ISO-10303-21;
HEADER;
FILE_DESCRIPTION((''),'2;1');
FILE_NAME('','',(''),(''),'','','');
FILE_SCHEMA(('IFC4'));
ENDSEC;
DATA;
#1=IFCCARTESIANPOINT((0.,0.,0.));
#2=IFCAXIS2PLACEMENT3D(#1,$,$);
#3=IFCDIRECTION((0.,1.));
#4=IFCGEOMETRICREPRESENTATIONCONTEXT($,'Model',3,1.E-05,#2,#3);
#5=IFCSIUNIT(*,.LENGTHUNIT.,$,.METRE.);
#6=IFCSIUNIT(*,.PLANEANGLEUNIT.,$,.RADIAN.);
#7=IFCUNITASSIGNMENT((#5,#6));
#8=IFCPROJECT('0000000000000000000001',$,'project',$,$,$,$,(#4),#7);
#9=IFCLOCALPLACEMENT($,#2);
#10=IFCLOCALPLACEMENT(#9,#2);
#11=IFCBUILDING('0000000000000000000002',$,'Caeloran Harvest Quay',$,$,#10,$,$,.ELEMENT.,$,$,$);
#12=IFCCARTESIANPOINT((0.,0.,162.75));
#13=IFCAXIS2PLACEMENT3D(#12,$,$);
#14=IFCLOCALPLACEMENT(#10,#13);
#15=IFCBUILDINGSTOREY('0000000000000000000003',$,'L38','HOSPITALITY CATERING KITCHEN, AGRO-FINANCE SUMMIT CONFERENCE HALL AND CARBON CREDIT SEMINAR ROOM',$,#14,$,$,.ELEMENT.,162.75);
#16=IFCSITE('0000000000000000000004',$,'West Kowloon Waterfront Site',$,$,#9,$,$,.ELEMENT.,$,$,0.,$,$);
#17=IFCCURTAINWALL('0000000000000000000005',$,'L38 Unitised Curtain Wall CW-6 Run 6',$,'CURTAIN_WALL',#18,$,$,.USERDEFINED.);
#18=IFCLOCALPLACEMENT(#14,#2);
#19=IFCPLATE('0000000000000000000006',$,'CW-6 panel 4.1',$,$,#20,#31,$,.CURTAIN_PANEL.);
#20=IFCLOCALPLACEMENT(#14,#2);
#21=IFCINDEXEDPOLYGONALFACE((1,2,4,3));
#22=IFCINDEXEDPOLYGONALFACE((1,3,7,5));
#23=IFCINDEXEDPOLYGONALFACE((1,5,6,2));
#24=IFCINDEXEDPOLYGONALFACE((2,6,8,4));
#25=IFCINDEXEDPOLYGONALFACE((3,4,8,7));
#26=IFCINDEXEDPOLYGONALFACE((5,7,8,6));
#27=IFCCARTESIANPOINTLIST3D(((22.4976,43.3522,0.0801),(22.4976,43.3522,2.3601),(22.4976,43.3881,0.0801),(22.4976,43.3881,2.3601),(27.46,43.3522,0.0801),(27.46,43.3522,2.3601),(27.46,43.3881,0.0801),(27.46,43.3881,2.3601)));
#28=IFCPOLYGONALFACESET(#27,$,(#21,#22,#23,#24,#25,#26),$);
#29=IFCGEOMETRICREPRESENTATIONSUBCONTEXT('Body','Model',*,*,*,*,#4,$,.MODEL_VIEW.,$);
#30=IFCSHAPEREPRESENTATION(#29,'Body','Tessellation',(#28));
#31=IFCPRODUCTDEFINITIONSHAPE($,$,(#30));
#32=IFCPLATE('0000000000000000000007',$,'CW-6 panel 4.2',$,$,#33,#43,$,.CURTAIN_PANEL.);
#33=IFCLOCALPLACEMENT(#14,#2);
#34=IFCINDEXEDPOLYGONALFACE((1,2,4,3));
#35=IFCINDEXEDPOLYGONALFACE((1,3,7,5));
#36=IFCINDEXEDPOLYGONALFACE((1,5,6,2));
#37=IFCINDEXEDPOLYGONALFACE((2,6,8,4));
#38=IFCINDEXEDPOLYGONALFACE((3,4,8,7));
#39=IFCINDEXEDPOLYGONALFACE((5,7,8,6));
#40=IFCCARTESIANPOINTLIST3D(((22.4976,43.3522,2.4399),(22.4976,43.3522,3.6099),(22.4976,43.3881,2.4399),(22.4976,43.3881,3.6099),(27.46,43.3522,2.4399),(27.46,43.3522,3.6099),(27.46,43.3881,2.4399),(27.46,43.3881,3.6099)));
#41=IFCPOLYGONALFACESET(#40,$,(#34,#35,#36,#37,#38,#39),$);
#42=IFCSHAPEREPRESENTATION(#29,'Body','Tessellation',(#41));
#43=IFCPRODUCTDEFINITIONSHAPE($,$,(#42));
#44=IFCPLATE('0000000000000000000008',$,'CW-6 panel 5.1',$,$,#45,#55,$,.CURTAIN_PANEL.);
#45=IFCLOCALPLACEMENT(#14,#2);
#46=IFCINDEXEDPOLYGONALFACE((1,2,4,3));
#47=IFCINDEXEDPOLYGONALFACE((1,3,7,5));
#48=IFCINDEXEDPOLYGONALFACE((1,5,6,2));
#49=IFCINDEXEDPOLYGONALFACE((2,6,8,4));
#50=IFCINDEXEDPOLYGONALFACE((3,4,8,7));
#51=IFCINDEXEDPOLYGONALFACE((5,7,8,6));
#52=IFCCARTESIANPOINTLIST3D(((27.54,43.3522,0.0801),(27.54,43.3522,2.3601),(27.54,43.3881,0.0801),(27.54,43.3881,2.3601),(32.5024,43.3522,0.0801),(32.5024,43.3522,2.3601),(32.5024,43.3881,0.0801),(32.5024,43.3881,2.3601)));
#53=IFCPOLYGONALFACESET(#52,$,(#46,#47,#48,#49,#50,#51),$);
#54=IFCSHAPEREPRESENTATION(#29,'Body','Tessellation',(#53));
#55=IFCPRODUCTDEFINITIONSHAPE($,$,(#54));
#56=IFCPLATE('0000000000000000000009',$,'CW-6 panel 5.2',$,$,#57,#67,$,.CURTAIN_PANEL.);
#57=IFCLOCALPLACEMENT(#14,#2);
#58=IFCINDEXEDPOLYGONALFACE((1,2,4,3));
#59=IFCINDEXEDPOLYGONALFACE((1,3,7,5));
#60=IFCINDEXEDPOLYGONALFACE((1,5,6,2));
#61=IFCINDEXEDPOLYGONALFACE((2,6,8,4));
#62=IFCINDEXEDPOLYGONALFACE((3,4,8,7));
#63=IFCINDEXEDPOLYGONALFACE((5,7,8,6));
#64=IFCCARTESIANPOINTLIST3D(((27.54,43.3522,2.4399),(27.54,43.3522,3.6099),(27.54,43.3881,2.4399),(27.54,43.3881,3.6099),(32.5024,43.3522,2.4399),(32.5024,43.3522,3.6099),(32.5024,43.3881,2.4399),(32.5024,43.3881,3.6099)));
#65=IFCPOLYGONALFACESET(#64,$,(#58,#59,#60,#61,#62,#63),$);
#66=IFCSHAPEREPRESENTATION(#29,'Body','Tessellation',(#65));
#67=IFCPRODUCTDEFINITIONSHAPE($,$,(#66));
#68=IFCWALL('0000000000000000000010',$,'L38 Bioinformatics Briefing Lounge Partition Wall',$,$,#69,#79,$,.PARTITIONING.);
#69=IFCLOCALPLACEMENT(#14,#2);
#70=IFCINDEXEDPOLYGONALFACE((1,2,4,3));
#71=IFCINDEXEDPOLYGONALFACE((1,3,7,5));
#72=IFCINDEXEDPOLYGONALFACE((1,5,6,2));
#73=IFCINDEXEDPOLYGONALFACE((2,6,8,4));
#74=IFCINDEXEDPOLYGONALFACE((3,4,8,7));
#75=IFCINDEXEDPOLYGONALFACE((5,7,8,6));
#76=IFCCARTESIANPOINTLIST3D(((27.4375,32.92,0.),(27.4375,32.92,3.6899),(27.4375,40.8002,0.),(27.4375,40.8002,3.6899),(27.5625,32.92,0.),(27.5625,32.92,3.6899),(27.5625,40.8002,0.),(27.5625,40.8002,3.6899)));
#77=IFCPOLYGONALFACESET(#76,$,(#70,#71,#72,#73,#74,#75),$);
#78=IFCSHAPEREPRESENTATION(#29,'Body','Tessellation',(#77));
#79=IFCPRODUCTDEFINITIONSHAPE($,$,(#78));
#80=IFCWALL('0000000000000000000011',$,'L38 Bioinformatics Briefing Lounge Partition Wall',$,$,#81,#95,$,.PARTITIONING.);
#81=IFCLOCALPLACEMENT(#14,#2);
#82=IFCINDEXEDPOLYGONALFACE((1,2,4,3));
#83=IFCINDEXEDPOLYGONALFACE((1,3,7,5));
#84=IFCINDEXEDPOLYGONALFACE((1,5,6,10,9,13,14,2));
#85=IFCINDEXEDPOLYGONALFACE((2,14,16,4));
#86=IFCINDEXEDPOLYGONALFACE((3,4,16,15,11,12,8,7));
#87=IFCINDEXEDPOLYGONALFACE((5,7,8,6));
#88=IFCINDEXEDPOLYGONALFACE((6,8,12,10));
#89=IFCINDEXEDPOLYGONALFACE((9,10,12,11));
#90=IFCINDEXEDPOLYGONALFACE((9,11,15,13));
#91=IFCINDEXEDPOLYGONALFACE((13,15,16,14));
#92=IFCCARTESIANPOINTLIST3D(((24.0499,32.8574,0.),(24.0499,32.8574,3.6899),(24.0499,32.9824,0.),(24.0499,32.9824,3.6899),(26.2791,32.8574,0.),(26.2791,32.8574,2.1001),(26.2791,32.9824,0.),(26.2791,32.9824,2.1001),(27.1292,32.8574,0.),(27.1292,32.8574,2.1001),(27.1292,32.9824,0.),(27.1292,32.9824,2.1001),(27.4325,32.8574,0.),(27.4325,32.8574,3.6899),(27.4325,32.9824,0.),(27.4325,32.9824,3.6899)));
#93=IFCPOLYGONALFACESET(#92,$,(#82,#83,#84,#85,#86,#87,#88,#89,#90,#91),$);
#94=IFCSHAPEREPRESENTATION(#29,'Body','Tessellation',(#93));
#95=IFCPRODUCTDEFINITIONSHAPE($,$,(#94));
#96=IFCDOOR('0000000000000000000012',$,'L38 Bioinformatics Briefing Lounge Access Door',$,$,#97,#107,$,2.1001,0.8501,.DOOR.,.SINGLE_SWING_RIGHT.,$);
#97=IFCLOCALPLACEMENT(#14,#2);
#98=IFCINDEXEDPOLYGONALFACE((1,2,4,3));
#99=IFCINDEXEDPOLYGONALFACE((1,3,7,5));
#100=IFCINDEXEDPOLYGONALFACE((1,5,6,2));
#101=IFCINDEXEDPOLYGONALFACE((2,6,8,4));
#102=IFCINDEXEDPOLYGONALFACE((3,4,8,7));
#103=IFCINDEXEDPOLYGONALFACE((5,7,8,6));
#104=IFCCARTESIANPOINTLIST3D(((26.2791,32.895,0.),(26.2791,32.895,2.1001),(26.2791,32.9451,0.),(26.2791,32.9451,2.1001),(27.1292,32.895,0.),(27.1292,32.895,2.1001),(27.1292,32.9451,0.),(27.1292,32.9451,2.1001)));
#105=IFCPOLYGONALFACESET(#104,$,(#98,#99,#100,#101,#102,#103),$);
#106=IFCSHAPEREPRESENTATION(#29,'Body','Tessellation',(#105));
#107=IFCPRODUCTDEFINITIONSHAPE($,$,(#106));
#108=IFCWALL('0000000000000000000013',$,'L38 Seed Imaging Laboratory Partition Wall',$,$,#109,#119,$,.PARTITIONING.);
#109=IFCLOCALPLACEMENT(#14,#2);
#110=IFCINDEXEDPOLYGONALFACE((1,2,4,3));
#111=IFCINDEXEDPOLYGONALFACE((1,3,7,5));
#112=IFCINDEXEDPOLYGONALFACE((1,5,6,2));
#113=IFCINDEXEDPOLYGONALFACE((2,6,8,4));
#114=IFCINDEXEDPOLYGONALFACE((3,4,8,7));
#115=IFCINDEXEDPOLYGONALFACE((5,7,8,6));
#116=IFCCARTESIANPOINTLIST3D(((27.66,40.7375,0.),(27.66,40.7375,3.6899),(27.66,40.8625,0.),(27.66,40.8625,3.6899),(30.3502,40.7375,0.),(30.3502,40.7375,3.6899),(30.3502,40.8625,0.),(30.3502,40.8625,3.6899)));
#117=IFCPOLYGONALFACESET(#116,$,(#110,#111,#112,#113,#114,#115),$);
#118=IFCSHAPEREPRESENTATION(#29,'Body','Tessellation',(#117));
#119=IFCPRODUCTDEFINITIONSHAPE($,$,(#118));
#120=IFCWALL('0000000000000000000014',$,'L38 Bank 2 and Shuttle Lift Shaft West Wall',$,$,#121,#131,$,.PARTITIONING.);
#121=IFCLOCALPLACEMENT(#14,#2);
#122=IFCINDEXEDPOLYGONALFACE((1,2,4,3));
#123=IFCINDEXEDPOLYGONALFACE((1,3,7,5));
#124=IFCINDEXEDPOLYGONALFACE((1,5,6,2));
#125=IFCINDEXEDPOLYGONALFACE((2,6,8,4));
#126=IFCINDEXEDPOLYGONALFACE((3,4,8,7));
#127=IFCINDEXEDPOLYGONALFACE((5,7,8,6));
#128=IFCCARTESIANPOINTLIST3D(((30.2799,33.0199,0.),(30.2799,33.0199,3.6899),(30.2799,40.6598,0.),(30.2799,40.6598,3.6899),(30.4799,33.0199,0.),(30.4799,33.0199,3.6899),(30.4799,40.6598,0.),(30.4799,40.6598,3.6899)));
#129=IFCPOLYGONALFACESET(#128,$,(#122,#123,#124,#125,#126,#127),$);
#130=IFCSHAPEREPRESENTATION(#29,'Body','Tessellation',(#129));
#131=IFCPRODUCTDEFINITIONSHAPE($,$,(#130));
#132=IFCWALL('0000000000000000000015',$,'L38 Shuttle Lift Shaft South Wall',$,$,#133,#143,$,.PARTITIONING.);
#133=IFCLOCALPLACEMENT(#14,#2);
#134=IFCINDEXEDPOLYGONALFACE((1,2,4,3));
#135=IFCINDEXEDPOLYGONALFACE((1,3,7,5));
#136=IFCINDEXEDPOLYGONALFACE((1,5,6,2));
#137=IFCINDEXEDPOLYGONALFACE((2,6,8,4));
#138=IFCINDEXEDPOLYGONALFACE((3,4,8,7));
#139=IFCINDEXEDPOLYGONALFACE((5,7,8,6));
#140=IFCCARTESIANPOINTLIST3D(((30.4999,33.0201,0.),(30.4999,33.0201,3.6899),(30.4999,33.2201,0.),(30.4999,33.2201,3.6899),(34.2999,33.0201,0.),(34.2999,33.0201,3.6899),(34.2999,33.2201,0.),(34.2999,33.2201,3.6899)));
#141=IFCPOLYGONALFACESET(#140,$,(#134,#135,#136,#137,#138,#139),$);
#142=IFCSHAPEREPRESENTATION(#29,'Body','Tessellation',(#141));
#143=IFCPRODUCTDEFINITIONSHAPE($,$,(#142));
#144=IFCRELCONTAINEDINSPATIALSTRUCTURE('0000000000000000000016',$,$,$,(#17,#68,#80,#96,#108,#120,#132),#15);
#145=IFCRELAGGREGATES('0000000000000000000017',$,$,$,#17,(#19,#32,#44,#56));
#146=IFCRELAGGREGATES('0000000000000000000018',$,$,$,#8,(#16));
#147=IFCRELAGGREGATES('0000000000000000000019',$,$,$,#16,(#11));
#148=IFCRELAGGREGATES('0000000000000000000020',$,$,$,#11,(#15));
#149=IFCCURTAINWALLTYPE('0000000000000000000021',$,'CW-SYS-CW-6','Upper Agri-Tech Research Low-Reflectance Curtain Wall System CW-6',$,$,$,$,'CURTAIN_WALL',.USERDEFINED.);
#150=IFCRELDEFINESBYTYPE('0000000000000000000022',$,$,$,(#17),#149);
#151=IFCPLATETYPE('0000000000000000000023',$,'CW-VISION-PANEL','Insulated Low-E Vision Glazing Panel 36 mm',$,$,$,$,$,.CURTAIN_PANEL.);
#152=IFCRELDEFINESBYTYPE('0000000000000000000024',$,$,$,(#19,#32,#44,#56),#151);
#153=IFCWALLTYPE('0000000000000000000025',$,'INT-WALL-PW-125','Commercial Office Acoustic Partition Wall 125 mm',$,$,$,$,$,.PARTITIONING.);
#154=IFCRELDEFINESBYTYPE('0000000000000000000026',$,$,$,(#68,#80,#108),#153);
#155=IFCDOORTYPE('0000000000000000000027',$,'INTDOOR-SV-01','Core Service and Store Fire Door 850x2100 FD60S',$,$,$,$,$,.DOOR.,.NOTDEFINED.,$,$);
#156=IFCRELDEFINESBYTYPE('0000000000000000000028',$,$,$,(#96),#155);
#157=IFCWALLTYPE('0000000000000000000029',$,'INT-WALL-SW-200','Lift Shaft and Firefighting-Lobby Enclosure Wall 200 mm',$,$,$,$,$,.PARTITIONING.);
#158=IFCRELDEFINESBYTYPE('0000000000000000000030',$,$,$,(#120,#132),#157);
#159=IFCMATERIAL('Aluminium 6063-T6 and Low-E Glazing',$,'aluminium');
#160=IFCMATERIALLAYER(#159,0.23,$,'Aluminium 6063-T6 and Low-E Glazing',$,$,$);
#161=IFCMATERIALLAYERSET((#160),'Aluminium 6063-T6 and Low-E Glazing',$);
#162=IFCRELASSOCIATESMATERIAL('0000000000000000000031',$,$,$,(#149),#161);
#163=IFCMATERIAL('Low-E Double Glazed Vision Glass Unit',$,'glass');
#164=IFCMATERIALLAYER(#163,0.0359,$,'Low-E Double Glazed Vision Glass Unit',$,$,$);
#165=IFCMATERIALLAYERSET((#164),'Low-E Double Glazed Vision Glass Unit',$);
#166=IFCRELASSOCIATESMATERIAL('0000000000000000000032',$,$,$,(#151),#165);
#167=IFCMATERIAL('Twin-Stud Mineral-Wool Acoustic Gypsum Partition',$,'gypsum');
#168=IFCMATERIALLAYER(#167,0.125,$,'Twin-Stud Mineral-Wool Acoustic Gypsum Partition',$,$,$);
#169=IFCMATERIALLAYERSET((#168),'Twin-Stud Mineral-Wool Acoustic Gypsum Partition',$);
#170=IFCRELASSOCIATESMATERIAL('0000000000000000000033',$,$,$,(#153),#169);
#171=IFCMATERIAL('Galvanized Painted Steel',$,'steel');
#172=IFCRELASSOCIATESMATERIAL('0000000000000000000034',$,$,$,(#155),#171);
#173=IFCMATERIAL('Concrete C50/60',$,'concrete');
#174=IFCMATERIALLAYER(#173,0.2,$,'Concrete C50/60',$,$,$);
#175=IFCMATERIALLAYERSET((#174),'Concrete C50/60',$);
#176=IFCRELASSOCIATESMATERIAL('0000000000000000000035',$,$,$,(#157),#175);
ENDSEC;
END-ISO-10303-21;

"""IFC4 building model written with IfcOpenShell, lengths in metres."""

from ifc_helpers import new_model, si_unit, direction, frame, frame_2d, origin, origin_2d, place, context, subcontext, project, spatial, rectangle, extrude, material, layer, layer_set, type_object, element, fill, aggregate, save


model = new_model("IFC4")

# Units and contexts
model_context = context("Model", 3, precision=1e-05, world=origin(), true_north=direction((0.0, 1.0)))
body_context = subcontext(model_context, "Body", "Model", "MODEL_VIEW")
ifc_project = project(units=[si_unit("LENGTHUNIT", "METRE"), si_unit("PLANEANGLEUNIT", "RADIAN")], contexts=[model_context])

# Site, building, storey
site_placement = place(None, origin())
site = spatial("IfcSite", under=ifc_project, at=site_placement, Name="West Kowloon Waterfront Site", CompositionType="ELEMENT", RefElevation=0.0)
building_placement = place(site_placement, origin())
building = spatial("IfcBuilding", under=site, at=building_placement, Name="Caeloran Harvest Quay", CompositionType="ELEMENT")
storey_placement = place(building_placement, frame((0.0, 0.0, 162.75)))
storey = spatial("IfcBuildingStorey", under=building, at=storey_placement, Name="L38", Description="HOSPITALITY CATERING KITCHEN, AGRO-FINANCE SUMMIT CONFERENCE HALL AND CARBON CREDIT SEMINAR ROOM", CompositionType="ELEMENT", Elevation=162.75)

# Curtain wall, plates
ifc_material_1 = material(Name="Aluminium 6063-T6 and Low-E Glazing", Category="aluminium")
ifc_layer_1 = layer(ifc_material_1, 0.23, Name="Aluminium 6063-T6 and Low-E Glazing")
ifc_layer_set_1 = layer_set([ifc_layer_1], Name="Aluminium 6063-T6 and Low-E Glazing")
curtain_wall_type = type_object("IfcCurtainWallType", Name="CW-SYS-CW-6", Description="Upper Agri-Tech Research Low-Reflectance Curtain Wall System CW-6", ElementType="CURTAIN_WALL", PredefinedType="USERDEFINED", material=ifc_layer_set_1)
curtain_wall_placement = place(storey_placement, origin())
curtain_wall = element("IfcCurtainWall", 1, at=curtain_wall_placement, inside=storey, type_object=curtain_wall_type, Name="L38 Unitised Curtain Wall CW-6 Run 6", ObjectType="CURTAIN_WALL", PredefinedType="USERDEFINED")
ifc_material_2 = material(Name="Low-E Double Glazed Vision Glass Unit", Category="glass")
ifc_layer_2 = layer(ifc_material_2, 0.0359, Name="Low-E Double Glazed Vision Glass Unit")
ifc_layer_set_2 = layer_set([ifc_layer_2], Name="Low-E Double Glazed Vision Glass Unit")
plate_type = type_object("IfcPlateType", Name="CW-VISION-PANEL", Description="Insulated Low-E Vision Glazing Panel 36 mm", PredefinedType="CURTAIN_PANEL", material=ifc_layer_set_2)
plate_1_placement = place(storey_placement, frame((24.9788, 43.3701, 0.0801), z_axis=(0.0, 0.0, 1.0), x_axis=(1.0, 0.0, 0.0)))
plate_1 = element("IfcPlate", 2, at=plate_1_placement, type_object=plate_type, Name="CW-6 panel 4.1", PredefinedType="CURTAIN_PANEL", context=body_context, shape_type="SweptSolid", body=[
    extrude(rectangle(XDim=4.9624, YDim=0.0359, at=origin_2d()), origin(), (0.0, 0.0, 1.0), 2.28),
])
plate_2_placement = place(storey_placement, frame((24.9788, 43.3701, 2.4399), z_axis=(0.0, 0.0, 1.0), x_axis=(1.0, 0.0, 0.0)))
plate_2 = element("IfcPlate", 3, at=plate_2_placement, type_object=plate_type, Name="CW-6 panel 4.2", PredefinedType="CURTAIN_PANEL", context=body_context, shape_type="SweptSolid", body=[
    extrude(rectangle(XDim=4.9624, YDim=0.0359, at=origin_2d()), origin(), (0.0, 0.0, 1.0), 1.1699),
])
plate_3_placement = place(storey_placement, frame((30.0212, 43.3701, 0.0801), z_axis=(0.0, 0.0, 1.0), x_axis=(1.0, 0.0, 0.0)))
plate_3 = element("IfcPlate", 4, at=plate_3_placement, type_object=plate_type, Name="CW-6 panel 5.1", PredefinedType="CURTAIN_PANEL", context=body_context, shape_type="SweptSolid", body=[
    extrude(rectangle(XDim=4.9624, YDim=0.0359, at=origin_2d()), origin(), (0.0, 0.0, 1.0), 2.28),
])
plate_4_placement = place(storey_placement, frame((30.0212, 43.3701, 2.4399), z_axis=(0.0, 0.0, 1.0), x_axis=(1.0, 0.0, 0.0)))
plate_4 = element("IfcPlate", 5, at=plate_4_placement, type_object=plate_type, Name="CW-6 panel 5.2", PredefinedType="CURTAIN_PANEL", context=body_context, shape_type="SweptSolid", body=[
    extrude(rectangle(XDim=4.9624, YDim=0.0359, at=origin_2d()), origin(), (0.0, 0.0, 1.0), 1.1699),
])
aggregate(curtain_wall, [plate_1, plate_2, plate_3, plate_4])

# Wall
ifc_material_3 = material(Name="Twin-Stud Mineral-Wool Acoustic Gypsum Partition", Category="gypsum")
ifc_layer_3 = layer(ifc_material_3, 0.125, Name="Twin-Stud Mineral-Wool Acoustic Gypsum Partition")
ifc_layer_set_3 = layer_set([ifc_layer_3], Name="Twin-Stud Mineral-Wool Acoustic Gypsum Partition")
wall_type_1 = type_object("IfcWallType", Name="INT-WALL-PW-125", Description="Commercial Office Acoustic Partition Wall 125 mm", PredefinedType="PARTITIONING", material=ifc_layer_set_3)
wall_1_placement = place(storey_placement, frame((27.5, 40.8, 0.0), z_axis=(0.0, 0.0, 1.0), x_axis=(0.0, -1.0, 0.0)))
element("IfcWall", 6, at=wall_1_placement, inside=storey, type_object=wall_type_1, Name="L38 Bioinformatics Briefing Lounge Partition Wall", PredefinedType="PARTITIONING", context=body_context, shape_type="SweptSolid", body=[
    extrude(rectangle(XDim=7.8801, YDim=0.125, at=frame_2d((3.9399, 0.0))), origin(), (0.0, 0.0, 1.0), 3.6899),
])

# Wall, opening, door
wall_2_placement = place(storey_placement, frame((27.4326, 32.9199, 0.0), z_axis=(0.0, 0.0, 1.0), x_axis=(-1.0, 0.0, 0.0)))
wall_2 = element("IfcWall", 7, at=wall_2_placement, inside=storey, type_object=wall_type_1, Name="L38 Bioinformatics Briefing Lounge Partition Wall", PredefinedType="PARTITIONING", context=body_context, shape_type="SweptSolid", body=[
    extrude(rectangle(XDim=3.3826, YDim=0.125, at=frame_2d((1.6914, 0.0))), origin(), (0.0, 0.0, 1.0), 3.6899),
])
opening_1_placement = place(wall_2_placement, frame((0.3035, 0.0, 0.0)))
opening_1 = element("IfcOpeningElement", 8, at=opening_1_placement, cuts=wall_2, PredefinedType="OPENING", context=body_context, shape_type="SweptSolid", body=[
    extrude(rectangle(XDim=0.8501, YDim=2.1001, at=frame_2d((0.425, 1.05))), frame((0.0, 0.0725, 0.0), z_axis=(0.0, -1.0, 0.0), x_axis=(1.0, 0.0, 0.0)), (0.0, 0.0, 1.0), 0.145),
])
ifc_material_4 = material(Name="Galvanized Painted Steel", Category="steel")
door_type_1 = type_object("IfcDoorType", Name="INTDOOR-SV-01", Description="Core Service and Store Fire Door 850x2100 FD60S", OperationType="NOTDEFINED", PredefinedType="DOOR", material=ifc_material_4)
door_1_placement = place(opening_1_placement, origin())
door_1 = element("IfcDoor", 9, at=door_1_placement, inside=storey, type_object=door_type_1, Name="L38 Bioinformatics Briefing Lounge Access Door", OperationType="SINGLE_SWING_RIGHT", OverallHeight=2.1001, OverallWidth=0.8501, PredefinedType="DOOR", context=body_context, shape_type="SweptSolid", body=[
    extrude(rectangle(XDim=0.8501, YDim=2.1001, at=frame_2d((0.425, 1.05))), frame((0.0, 0.0249, 0.0), z_axis=(0.0, -1.0, 0.0), x_axis=(1.0, 0.0, 0.0)), (0.0, 0.0, 1.0), 0.05),
])
fill(opening_1, door_1)

# Walls
wall_3_placement = place(storey_placement, frame((27.6599, 40.8, 0.0), z_axis=(0.0, 0.0, 1.0), x_axis=(1.0, 0.0, 0.0)))
element("IfcWall", 10, at=wall_3_placement, inside=storey, type_object=wall_type_1, Name="L38 Seed Imaging Laboratory Partition Wall", PredefinedType="PARTITIONING", context=body_context, shape_type="SweptSolid", body=[
    extrude(rectangle(XDim=2.6902, YDim=0.125, at=frame_2d((1.3452, 0.0))), origin(), (0.0, 0.0, 1.0), 3.6899),
])
ifc_material_5 = material(Name="Concrete C50/60", Category="concrete")
ifc_layer_4 = layer(ifc_material_5, 0.2, Name="Concrete C50/60")
ifc_layer_set_4 = layer_set([ifc_layer_4], Name="Concrete C50/60")
wall_type_2 = type_object("IfcWallType", Name="INT-WALL-SW-200", Description="Lift Shaft and Firefighting-Lobby Enclosure Wall 200 mm", PredefinedType="PARTITIONING", material=ifc_layer_set_4)
wall_4_placement = place(storey_placement, frame((30.3799, 33.02, 0.0), z_axis=(0.0, 0.0, 1.0), x_axis=(0.0, 1.0, 0.0)))
element("IfcWall", 11, at=wall_4_placement, inside=storey, type_object=wall_type_2, Name="L38 Bank 2 and Shuttle Lift Shaft West Wall", PredefinedType="PARTITIONING", context=body_context, shape_type="SweptSolid", body=[
    extrude(rectangle(XDim=7.6399, YDim=0.2, at=frame_2d((3.8198, 0.0))), origin(), (0.0, 0.0, 1.0), 3.6899),
])
wall_5_placement = place(storey_placement, frame((30.5, 33.1201, 0.0), z_axis=(0.0, 0.0, 1.0), x_axis=(1.0, 0.0, 0.0)))
element("IfcWall", 12, at=wall_5_placement, inside=storey, type_object=wall_type_2, Name="L38 Shuttle Lift Shaft South Wall", PredefinedType="PARTITIONING", context=body_context, shape_type="SweptSolid", body=[
    extrude(rectangle(XDim=3.8, YDim=0.2, at=frame_2d((1.8999, 0.0))), origin(), (0.0, 0.0, 1.0), 3.6899),
])

save(model, "model.ifc")
